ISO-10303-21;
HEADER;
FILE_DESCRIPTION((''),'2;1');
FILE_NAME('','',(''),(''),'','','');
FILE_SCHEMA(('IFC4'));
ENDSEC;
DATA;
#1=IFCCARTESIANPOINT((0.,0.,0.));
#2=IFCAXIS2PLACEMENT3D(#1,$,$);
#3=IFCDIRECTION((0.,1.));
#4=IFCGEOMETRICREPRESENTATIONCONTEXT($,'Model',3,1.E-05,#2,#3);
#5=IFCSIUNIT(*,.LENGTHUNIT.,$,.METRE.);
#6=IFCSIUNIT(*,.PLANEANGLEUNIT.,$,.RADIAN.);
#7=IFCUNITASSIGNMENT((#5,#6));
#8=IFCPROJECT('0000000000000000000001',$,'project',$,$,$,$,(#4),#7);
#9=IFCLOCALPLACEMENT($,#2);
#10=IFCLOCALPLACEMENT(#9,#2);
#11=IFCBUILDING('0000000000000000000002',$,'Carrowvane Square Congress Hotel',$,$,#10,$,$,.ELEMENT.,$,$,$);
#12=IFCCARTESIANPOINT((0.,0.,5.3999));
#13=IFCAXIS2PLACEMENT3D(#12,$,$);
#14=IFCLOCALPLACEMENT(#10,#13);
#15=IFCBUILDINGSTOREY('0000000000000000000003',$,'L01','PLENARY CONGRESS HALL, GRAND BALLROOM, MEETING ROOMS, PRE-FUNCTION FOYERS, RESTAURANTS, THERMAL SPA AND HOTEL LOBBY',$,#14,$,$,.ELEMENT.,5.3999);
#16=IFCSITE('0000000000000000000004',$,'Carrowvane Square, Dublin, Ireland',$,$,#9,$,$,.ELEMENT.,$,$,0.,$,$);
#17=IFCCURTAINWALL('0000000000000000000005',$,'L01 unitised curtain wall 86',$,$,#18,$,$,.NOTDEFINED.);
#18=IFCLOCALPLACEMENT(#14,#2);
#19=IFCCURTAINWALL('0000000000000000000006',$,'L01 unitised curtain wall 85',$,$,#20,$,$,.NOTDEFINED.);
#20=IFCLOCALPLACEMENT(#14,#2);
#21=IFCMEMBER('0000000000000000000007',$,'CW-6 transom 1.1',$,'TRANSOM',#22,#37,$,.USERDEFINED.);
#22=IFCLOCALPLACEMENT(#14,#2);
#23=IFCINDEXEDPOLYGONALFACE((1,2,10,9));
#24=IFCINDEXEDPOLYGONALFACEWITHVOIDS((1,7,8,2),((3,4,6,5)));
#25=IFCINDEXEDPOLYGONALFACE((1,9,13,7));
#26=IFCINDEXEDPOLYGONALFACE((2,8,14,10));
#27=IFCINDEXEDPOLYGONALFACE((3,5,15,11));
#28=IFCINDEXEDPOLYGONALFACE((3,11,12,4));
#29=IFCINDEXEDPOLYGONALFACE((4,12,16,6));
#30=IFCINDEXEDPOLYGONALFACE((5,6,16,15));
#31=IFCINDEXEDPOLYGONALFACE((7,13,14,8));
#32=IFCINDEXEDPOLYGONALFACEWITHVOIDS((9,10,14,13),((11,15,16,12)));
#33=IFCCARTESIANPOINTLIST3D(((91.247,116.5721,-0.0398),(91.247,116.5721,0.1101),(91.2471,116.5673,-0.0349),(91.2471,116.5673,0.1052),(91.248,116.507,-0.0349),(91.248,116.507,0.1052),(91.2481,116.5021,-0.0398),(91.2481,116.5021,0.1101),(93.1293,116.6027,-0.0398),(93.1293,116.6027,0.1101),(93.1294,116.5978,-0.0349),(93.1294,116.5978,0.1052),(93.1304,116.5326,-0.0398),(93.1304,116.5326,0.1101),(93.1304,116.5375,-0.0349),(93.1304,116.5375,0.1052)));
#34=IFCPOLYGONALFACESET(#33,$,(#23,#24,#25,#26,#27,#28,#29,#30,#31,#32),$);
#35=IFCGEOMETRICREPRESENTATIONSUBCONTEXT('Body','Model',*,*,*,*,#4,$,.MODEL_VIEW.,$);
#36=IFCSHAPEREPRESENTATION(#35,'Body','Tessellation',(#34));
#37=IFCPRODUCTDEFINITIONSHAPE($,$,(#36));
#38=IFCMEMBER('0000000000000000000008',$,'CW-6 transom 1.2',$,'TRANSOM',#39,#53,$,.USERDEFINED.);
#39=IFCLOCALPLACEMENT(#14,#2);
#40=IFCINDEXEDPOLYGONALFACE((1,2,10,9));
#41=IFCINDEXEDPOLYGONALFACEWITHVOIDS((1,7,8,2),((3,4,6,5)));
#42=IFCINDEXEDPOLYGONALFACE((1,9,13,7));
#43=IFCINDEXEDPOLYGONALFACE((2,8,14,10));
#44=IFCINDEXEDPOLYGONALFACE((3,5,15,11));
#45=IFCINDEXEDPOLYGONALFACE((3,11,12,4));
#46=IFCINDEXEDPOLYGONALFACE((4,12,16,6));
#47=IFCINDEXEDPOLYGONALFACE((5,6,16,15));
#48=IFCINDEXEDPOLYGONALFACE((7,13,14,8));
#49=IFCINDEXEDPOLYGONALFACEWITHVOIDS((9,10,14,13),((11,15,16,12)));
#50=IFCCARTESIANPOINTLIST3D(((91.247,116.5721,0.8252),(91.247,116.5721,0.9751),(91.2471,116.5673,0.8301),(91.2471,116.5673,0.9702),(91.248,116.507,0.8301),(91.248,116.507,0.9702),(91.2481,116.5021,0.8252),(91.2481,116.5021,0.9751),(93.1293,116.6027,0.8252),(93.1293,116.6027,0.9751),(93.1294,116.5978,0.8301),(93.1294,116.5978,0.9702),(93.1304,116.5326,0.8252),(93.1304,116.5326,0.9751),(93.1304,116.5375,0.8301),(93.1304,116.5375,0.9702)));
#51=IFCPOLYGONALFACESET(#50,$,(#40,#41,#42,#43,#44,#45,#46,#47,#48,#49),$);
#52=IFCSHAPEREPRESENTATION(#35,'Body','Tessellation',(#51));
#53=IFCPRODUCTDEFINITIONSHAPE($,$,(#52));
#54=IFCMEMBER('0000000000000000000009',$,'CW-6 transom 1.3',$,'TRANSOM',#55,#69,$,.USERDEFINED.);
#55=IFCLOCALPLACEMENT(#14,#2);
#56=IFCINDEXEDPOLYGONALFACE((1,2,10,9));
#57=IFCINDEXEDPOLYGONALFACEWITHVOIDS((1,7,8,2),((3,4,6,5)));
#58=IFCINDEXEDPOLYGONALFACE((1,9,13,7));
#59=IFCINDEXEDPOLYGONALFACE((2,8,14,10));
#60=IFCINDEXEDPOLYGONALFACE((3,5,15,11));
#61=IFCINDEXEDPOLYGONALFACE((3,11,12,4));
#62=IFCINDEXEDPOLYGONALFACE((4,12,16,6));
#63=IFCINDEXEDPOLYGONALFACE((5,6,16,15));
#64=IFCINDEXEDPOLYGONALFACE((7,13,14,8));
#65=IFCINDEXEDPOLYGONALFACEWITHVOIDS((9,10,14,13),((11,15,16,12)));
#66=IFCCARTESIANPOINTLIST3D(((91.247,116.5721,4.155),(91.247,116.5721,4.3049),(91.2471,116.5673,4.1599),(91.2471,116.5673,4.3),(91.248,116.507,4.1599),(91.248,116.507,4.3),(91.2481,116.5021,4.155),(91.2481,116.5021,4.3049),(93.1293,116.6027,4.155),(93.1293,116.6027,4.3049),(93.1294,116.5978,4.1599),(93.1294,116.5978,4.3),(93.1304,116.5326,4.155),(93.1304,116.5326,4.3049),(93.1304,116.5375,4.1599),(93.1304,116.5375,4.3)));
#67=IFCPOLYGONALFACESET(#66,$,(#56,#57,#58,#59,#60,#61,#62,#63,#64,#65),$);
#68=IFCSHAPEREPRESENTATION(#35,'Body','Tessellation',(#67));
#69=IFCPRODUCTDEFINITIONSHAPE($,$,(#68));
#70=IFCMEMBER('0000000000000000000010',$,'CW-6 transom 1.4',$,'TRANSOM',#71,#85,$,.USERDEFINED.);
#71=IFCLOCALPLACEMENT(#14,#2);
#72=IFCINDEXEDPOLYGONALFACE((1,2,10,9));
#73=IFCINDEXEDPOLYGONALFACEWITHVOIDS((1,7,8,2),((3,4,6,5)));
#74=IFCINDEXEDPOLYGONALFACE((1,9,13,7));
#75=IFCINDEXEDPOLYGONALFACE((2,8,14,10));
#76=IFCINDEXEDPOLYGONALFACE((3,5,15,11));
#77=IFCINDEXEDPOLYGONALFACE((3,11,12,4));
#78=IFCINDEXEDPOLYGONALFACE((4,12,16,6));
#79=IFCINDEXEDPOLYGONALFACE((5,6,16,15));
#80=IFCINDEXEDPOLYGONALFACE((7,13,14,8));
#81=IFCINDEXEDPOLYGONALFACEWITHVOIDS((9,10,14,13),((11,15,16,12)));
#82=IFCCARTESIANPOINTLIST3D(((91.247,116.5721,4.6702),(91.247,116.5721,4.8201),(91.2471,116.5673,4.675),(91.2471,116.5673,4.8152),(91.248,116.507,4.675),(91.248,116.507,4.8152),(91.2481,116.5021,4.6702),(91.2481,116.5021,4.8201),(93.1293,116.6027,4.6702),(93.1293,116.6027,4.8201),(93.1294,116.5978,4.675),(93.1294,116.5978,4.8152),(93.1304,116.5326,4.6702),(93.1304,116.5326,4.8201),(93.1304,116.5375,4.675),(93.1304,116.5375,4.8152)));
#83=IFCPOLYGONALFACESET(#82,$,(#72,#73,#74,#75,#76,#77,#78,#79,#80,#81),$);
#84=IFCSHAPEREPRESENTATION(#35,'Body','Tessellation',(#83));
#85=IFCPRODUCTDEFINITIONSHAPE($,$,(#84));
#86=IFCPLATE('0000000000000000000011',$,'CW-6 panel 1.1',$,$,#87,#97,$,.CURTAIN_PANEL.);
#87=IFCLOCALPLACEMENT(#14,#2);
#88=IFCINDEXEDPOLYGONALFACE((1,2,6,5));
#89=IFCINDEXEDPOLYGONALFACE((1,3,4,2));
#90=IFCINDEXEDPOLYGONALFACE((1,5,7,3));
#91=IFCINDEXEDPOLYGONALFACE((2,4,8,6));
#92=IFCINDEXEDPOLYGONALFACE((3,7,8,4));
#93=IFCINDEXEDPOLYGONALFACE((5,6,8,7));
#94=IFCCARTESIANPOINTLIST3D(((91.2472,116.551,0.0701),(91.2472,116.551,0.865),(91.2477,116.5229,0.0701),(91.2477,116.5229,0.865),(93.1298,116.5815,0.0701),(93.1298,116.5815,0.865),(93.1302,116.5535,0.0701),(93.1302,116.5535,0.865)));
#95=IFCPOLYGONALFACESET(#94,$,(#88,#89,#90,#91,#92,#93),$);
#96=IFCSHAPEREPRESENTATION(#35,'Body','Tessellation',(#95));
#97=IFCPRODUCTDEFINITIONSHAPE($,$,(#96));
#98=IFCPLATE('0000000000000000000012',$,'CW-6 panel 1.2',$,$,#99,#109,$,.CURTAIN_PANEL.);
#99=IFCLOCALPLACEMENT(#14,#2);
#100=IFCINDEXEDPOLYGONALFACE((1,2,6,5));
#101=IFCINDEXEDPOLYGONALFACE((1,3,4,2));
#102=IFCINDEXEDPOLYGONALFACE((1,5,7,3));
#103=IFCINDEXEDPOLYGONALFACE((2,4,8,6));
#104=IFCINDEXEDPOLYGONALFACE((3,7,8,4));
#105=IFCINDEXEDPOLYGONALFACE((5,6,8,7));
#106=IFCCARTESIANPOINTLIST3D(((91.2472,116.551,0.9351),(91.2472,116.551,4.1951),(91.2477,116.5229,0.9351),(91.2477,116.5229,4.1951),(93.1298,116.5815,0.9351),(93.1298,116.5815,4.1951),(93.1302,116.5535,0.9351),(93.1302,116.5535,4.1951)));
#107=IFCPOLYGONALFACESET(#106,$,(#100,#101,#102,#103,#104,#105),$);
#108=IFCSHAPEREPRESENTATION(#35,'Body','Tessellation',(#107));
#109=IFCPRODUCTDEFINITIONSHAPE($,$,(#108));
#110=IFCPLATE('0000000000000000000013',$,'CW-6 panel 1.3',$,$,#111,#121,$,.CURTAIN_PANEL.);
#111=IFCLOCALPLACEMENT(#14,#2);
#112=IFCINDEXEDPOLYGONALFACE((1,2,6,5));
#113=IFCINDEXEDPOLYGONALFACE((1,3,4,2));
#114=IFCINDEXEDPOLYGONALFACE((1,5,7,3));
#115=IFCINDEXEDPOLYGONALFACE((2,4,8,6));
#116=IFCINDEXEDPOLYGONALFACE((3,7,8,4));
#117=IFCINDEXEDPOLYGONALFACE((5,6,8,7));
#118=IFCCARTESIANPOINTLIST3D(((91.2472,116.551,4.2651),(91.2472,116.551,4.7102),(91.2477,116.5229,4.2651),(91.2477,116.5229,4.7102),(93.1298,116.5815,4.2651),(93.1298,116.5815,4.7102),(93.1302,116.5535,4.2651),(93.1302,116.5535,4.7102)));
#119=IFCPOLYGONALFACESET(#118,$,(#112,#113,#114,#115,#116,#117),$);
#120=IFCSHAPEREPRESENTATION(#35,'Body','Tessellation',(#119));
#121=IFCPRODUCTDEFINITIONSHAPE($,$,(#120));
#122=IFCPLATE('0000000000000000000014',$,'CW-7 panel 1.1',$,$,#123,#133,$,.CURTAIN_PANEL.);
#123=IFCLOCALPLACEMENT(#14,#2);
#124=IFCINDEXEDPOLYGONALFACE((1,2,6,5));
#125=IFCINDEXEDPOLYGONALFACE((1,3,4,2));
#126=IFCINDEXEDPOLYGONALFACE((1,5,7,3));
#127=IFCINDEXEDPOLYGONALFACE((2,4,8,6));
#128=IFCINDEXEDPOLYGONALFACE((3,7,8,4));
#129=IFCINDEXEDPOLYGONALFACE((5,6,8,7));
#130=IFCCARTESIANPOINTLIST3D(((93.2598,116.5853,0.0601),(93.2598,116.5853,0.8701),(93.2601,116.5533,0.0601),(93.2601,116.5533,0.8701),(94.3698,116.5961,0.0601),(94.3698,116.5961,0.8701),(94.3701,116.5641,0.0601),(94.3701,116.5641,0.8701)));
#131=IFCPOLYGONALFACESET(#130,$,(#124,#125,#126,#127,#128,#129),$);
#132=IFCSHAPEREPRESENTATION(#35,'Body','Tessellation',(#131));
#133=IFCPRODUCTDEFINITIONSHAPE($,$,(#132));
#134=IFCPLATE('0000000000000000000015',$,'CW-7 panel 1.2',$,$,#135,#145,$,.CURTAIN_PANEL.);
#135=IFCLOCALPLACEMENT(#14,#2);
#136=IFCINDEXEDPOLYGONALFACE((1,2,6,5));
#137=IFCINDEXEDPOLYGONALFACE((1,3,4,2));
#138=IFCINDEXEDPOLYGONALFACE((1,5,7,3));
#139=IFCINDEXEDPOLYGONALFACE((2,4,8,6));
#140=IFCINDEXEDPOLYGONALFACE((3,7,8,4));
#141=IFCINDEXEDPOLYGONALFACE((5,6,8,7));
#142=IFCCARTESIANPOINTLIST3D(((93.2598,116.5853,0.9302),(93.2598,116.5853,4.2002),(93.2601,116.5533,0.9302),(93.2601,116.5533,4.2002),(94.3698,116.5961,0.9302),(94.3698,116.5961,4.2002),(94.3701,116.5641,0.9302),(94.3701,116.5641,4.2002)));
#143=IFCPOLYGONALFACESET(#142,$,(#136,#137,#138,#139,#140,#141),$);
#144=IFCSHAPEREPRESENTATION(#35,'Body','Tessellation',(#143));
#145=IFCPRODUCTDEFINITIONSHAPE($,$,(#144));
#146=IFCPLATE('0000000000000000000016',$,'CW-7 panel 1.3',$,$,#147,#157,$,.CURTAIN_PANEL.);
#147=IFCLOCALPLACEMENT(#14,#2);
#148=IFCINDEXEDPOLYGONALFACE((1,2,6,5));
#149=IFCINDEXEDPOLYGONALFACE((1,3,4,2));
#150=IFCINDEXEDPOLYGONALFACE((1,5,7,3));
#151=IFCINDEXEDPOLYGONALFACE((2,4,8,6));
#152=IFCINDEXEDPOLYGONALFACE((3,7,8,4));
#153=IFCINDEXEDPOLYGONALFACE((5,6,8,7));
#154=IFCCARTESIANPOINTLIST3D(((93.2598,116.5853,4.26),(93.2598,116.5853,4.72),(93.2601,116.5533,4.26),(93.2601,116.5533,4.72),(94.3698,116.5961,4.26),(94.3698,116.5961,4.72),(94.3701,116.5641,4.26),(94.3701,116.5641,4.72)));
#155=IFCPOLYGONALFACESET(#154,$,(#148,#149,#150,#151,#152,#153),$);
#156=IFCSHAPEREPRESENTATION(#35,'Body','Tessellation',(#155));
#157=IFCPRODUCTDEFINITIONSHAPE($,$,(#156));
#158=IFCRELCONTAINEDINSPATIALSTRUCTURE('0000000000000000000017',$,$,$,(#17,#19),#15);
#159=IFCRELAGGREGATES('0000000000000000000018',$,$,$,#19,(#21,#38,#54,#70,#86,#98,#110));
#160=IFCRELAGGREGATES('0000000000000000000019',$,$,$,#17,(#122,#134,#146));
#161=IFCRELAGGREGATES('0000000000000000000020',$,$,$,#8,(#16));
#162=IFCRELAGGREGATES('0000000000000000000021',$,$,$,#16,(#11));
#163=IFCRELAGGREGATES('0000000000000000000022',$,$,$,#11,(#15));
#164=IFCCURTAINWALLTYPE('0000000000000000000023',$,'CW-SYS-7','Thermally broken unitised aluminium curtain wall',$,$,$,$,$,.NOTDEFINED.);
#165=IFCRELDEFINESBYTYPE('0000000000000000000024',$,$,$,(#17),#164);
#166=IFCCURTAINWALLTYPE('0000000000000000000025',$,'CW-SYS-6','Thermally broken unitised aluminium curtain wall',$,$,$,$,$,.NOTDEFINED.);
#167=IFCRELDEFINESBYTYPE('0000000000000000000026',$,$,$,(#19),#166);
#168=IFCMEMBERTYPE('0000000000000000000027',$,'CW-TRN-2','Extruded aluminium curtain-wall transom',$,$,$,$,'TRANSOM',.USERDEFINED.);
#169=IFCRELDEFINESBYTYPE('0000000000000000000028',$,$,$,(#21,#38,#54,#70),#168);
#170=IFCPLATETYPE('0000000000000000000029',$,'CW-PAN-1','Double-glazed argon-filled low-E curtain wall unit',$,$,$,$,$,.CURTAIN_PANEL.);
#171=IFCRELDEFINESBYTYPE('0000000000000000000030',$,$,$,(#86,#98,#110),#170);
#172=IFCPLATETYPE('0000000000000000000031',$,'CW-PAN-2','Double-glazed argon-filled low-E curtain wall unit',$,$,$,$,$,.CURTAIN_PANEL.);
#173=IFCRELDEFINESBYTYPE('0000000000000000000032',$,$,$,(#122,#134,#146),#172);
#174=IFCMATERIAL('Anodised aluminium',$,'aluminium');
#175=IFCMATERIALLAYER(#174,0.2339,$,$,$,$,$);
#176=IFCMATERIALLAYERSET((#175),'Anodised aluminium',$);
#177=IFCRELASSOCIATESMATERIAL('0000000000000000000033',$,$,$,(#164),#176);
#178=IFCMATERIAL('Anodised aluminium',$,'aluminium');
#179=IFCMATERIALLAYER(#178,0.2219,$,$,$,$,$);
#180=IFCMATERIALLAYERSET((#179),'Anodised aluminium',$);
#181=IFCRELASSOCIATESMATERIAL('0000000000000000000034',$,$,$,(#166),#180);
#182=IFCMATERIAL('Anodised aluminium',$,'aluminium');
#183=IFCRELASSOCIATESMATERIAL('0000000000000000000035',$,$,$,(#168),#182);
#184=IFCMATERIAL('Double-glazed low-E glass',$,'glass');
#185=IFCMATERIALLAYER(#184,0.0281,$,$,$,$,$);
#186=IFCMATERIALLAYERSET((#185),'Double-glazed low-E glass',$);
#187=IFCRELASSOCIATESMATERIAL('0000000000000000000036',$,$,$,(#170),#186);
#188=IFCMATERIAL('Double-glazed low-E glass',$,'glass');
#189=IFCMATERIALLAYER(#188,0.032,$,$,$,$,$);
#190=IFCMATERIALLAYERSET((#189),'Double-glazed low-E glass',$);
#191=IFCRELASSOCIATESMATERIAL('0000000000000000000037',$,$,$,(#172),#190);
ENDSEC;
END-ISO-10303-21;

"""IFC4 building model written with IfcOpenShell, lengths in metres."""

from ifc_helpers import new_model, si_unit, direction, frame, origin, origin_2d, place, context, subcontext, project, spatial, rectangle, hollow_rectangle, extrude, material, layer, layer_set, material_profile, profile_set, type_object, element, aggregate, save


model = new_model("IFC4")

# Units and contexts
model_context = context("Model", 3, precision=1e-05, world=origin(), true_north=direction((0.0, 1.0)))
body_context = subcontext(model_context, "Body", "Model", "MODEL_VIEW")
ifc_project = project(units=[si_unit("LENGTHUNIT", "METRE"), si_unit("PLANEANGLEUNIT", "RADIAN")], contexts=[model_context])

# Site, building, storey
site_placement = place(None, origin())
site = spatial("IfcSite", under=ifc_project, at=site_placement, Name="Carrowvane Square, Dublin, Ireland", CompositionType="ELEMENT", RefElevation=0.0)
building_placement = place(site_placement, origin())
building = spatial("IfcBuilding", under=site, at=building_placement, Name="Carrowvane Square Congress Hotel", CompositionType="ELEMENT")
storey_placement = place(building_placement, frame((0.0, 0.0, 5.3999)))
storey = spatial("IfcBuildingStorey", under=building, at=storey_placement, Name="L01", Description="PLENARY CONGRESS HALL, GRAND BALLROOM, MEETING ROOMS, PRE-FUNCTION FOYERS, RESTAURANTS, THERMAL SPA AND HOTEL LOBBY", CompositionType="ELEMENT", Elevation=5.3999)

# Curtain walls
ifc_material_1 = material(Name="Anodised aluminium", Category="aluminium")
ifc_layer_1 = layer(ifc_material_1, 0.2339)
ifc_layer_set_1 = layer_set([ifc_layer_1], Name="Anodised aluminium")
curtain_wall_type_1 = type_object("IfcCurtainWallType", Name="CW-SYS-7", Description="Thermally broken unitised aluminium curtain wall", PredefinedType="NOTDEFINED", material=ifc_layer_set_1)
curtain_wall_1_placement = place(storey_placement, origin())
curtain_wall_1 = element("IfcCurtainWall", 1, at=curtain_wall_1_placement, inside=storey, type_object=curtain_wall_type_1, Name="L01 unitised curtain wall 86", PredefinedType="NOTDEFINED")
ifc_material_2 = material(Name="Anodised aluminium", Category="aluminium")
ifc_layer_2 = layer(ifc_material_2, 0.2219)
ifc_layer_set_2 = layer_set([ifc_layer_2], Name="Anodised aluminium")
curtain_wall_type_2 = type_object("IfcCurtainWallType", Name="CW-SYS-6", Description="Thermally broken unitised aluminium curtain wall", PredefinedType="NOTDEFINED", material=ifc_layer_set_2)
curtain_wall_2_placement = place(storey_placement, origin())
curtain_wall_2 = element("IfcCurtainWall", 2, at=curtain_wall_2_placement, inside=storey, type_object=curtain_wall_type_2, Name="L01 unitised curtain wall 85", PredefinedType="NOTDEFINED")

# Members
ifc_material_3 = material(Name="Anodised aluminium", Category="aluminium")
ifc_material_profile_1 = material_profile(ifc_material_3, hollow_rectangle(XDim=0.0701, YDim=0.1499, WallThickness=0.0049, at=origin_2d()), Name="CW-TR 70x150x5")
ifc_profile_set_1 = profile_set([ifc_material_profile_1], Name="Anodised aluminium")
member_type_1 = type_object("IfcMemberType", Name="CW-TRN-2", Description="Extruded aluminium curtain-wall transom", ElementType="TRANSOM", PredefinedType="USERDEFINED", material=ifc_profile_set_1)
member_1_placement = place(storey_placement, frame((91.2476, 116.5371, 0.0352), z_axis=(0.999869, 0.016211, 0.0), x_axis=(-0.016211, 0.999869, 0.0)))
member_1 = element("IfcMember", 3, at=member_1_placement, type_object=member_type_1, Name="CW-6 transom 1.1", ObjectType="TRANSOM", PredefinedType="USERDEFINED", context=body_context, shape_type="SweptSolid", body=[
    extrude(hollow_rectangle(XDim=0.0701, YDim=0.1499, WallThickness=0.0049, at=origin_2d()), origin(), (0.0, 0.0, 1.0), 1.8826),
])
member_2_placement = place(storey_placement, frame((91.2476, 116.5371, 0.9001), z_axis=(0.999869, 0.016211, 0.0), x_axis=(-0.016211, 0.999869, 0.0)))
member_2 = element("IfcMember", 4, at=member_2_placement, type_object=member_type_1, Name="CW-6 transom 1.2", ObjectType="TRANSOM", PredefinedType="USERDEFINED", context=body_context, shape_type="SweptSolid", body=[
    extrude(hollow_rectangle(XDim=0.0701, YDim=0.1499, WallThickness=0.0049, at=origin_2d()), origin(), (0.0, 0.0, 1.0), 1.8826),
])
member_3_placement = place(storey_placement, frame((91.2476, 116.5371, 4.23), z_axis=(0.999869, 0.016211, 0.0), x_axis=(-0.016211, 0.999869, 0.0)))
member_3 = element("IfcMember", 5, at=member_3_placement, type_object=member_type_1, Name="CW-6 transom 1.3", ObjectType="TRANSOM", PredefinedType="USERDEFINED", context=body_context, shape_type="SweptSolid", body=[
    extrude(hollow_rectangle(XDim=0.0701, YDim=0.1499, WallThickness=0.0049, at=origin_2d()), origin(), (0.0, 0.0, 1.0), 1.8826),
])
member_4_placement = place(storey_placement, frame((91.2476, 116.5371, 4.7451), z_axis=(0.999869, 0.016211, 0.0), x_axis=(-0.016211, 0.999869, 0.0)))
member_4 = element("IfcMember", 6, at=member_4_placement, type_object=member_type_1, Name="CW-6 transom 1.4", ObjectType="TRANSOM", PredefinedType="USERDEFINED", context=body_context, shape_type="SweptSolid", body=[
    extrude(hollow_rectangle(XDim=0.0701, YDim=0.1499, WallThickness=0.0049, at=origin_2d()), origin(), (0.0, 0.0, 1.0), 1.8826),
])

# Plates
ifc_material_4 = material(Name="Double-glazed low-E glass", Category="glass")
ifc_layer_3 = layer(ifc_material_4, 0.0281)
ifc_layer_set_3 = layer_set([ifc_layer_3], Name="Double-glazed low-E glass")
plate_type_1 = type_object("IfcPlateType", Name="CW-PAN-1", Description="Double-glazed argon-filled low-E curtain wall unit", PredefinedType="CURTAIN_PANEL", material=ifc_layer_set_3)
plate_1_placement = place(storey_placement, frame((92.1887, 116.5522, 0.0701), z_axis=(0.0, 0.0, 1.0), x_axis=(0.999869, 0.016216, 0.0)))
plate_1 = element("IfcPlate", 7, at=plate_1_placement, type_object=plate_type_1, Name="CW-6 panel 1.1", PredefinedType="CURTAIN_PANEL", context=body_context, shape_type="SweptSolid", body=[
    extrude(rectangle(XDim=1.8828, YDim=0.0281, at=origin_2d()), origin(), (0.0, 0.0, 1.0), 0.7949),
])
plate_2_placement = place(storey_placement, frame((92.1887, 116.5522, 0.9351), z_axis=(0.0, 0.0, 1.0), x_axis=(0.999869, 0.016216, 0.0)))
plate_2 = element("IfcPlate", 8, at=plate_2_placement, type_object=plate_type_1, Name="CW-6 panel 1.2", PredefinedType="CURTAIN_PANEL", context=body_context, shape_type="SweptSolid", body=[
    extrude(rectangle(XDim=1.8828, YDim=0.0281, at=origin_2d()), origin(), (0.0, 0.0, 1.0), 3.26),
])
plate_3_placement = place(storey_placement, frame((92.1887, 116.5522, 4.2651), z_axis=(0.0, 0.0, 1.0), x_axis=(0.999869, 0.016216, 0.0)))
plate_3 = element("IfcPlate", 9, at=plate_3_placement, type_object=plate_type_1, Name="CW-6 panel 1.3", PredefinedType="CURTAIN_PANEL", context=body_context, shape_type="SweptSolid", body=[
    extrude(rectangle(XDim=1.8828, YDim=0.0281, at=origin_2d()), origin(), (0.0, 0.0, 1.0), 0.4451),
])
aggregate(curtain_wall_2, [member_1, member_2, member_3, member_4, plate_1, plate_2, plate_3])
ifc_material_5 = material(Name="Double-glazed low-E glass", Category="glass")
ifc_layer_4 = layer(ifc_material_5, 0.032)
ifc_layer_set_4 = layer_set([ifc_layer_4], Name="Double-glazed low-E glass")
plate_type_2 = type_object("IfcPlateType", Name="CW-PAN-2", Description="Double-glazed argon-filled low-E curtain wall unit", PredefinedType="CURTAIN_PANEL", material=ifc_layer_set_4)
plate_4_placement = place(storey_placement, frame((93.8149, 116.5747, 0.0601), z_axis=(0.0, 0.0, 1.0), x_axis=(0.999952, 0.009783, 0.0)))
plate_4 = element("IfcPlate", 10, at=plate_4_placement, type_object=plate_type_2, Name="CW-7 panel 1.1", PredefinedType="CURTAIN_PANEL", context=body_context, shape_type="SweptSolid", body=[
    extrude(rectangle(XDim=1.1101, YDim=0.032, at=origin_2d()), origin(), (0.0, 0.0, 1.0), 0.8101),
])
plate_5_placement = place(storey_placement, frame((93.8149, 116.5747, 0.9302), z_axis=(0.0, 0.0, 1.0), x_axis=(0.999952, 0.009783, 0.0)))
plate_5 = element("IfcPlate", 11, at=plate_5_placement, type_object=plate_type_2, Name="CW-7 panel 1.2", PredefinedType="CURTAIN_PANEL", context=body_context, shape_type="SweptSolid", body=[
    extrude(rectangle(XDim=1.1101, YDim=0.032, at=origin_2d()), origin(), (0.0, 0.0, 1.0), 3.27),
])
plate_6_placement = place(storey_placement, frame((93.8149, 116.5747, 4.26), z_axis=(0.0, 0.0, 1.0), x_axis=(0.999952, 0.009783, 0.0)))
plate_6 = element("IfcPlate", 12, at=plate_6_placement, type_object=plate_type_2, Name="CW-7 panel 1.3", PredefinedType="CURTAIN_PANEL", context=body_context, shape_type="SweptSolid", body=[
    extrude(rectangle(XDim=1.1101, YDim=0.032, at=origin_2d()), origin(), (0.0, 0.0, 1.0), 0.46),
])
aggregate(curtain_wall_1, [plate_4, plate_5, plate_6])

save(model, "model.ifc")
